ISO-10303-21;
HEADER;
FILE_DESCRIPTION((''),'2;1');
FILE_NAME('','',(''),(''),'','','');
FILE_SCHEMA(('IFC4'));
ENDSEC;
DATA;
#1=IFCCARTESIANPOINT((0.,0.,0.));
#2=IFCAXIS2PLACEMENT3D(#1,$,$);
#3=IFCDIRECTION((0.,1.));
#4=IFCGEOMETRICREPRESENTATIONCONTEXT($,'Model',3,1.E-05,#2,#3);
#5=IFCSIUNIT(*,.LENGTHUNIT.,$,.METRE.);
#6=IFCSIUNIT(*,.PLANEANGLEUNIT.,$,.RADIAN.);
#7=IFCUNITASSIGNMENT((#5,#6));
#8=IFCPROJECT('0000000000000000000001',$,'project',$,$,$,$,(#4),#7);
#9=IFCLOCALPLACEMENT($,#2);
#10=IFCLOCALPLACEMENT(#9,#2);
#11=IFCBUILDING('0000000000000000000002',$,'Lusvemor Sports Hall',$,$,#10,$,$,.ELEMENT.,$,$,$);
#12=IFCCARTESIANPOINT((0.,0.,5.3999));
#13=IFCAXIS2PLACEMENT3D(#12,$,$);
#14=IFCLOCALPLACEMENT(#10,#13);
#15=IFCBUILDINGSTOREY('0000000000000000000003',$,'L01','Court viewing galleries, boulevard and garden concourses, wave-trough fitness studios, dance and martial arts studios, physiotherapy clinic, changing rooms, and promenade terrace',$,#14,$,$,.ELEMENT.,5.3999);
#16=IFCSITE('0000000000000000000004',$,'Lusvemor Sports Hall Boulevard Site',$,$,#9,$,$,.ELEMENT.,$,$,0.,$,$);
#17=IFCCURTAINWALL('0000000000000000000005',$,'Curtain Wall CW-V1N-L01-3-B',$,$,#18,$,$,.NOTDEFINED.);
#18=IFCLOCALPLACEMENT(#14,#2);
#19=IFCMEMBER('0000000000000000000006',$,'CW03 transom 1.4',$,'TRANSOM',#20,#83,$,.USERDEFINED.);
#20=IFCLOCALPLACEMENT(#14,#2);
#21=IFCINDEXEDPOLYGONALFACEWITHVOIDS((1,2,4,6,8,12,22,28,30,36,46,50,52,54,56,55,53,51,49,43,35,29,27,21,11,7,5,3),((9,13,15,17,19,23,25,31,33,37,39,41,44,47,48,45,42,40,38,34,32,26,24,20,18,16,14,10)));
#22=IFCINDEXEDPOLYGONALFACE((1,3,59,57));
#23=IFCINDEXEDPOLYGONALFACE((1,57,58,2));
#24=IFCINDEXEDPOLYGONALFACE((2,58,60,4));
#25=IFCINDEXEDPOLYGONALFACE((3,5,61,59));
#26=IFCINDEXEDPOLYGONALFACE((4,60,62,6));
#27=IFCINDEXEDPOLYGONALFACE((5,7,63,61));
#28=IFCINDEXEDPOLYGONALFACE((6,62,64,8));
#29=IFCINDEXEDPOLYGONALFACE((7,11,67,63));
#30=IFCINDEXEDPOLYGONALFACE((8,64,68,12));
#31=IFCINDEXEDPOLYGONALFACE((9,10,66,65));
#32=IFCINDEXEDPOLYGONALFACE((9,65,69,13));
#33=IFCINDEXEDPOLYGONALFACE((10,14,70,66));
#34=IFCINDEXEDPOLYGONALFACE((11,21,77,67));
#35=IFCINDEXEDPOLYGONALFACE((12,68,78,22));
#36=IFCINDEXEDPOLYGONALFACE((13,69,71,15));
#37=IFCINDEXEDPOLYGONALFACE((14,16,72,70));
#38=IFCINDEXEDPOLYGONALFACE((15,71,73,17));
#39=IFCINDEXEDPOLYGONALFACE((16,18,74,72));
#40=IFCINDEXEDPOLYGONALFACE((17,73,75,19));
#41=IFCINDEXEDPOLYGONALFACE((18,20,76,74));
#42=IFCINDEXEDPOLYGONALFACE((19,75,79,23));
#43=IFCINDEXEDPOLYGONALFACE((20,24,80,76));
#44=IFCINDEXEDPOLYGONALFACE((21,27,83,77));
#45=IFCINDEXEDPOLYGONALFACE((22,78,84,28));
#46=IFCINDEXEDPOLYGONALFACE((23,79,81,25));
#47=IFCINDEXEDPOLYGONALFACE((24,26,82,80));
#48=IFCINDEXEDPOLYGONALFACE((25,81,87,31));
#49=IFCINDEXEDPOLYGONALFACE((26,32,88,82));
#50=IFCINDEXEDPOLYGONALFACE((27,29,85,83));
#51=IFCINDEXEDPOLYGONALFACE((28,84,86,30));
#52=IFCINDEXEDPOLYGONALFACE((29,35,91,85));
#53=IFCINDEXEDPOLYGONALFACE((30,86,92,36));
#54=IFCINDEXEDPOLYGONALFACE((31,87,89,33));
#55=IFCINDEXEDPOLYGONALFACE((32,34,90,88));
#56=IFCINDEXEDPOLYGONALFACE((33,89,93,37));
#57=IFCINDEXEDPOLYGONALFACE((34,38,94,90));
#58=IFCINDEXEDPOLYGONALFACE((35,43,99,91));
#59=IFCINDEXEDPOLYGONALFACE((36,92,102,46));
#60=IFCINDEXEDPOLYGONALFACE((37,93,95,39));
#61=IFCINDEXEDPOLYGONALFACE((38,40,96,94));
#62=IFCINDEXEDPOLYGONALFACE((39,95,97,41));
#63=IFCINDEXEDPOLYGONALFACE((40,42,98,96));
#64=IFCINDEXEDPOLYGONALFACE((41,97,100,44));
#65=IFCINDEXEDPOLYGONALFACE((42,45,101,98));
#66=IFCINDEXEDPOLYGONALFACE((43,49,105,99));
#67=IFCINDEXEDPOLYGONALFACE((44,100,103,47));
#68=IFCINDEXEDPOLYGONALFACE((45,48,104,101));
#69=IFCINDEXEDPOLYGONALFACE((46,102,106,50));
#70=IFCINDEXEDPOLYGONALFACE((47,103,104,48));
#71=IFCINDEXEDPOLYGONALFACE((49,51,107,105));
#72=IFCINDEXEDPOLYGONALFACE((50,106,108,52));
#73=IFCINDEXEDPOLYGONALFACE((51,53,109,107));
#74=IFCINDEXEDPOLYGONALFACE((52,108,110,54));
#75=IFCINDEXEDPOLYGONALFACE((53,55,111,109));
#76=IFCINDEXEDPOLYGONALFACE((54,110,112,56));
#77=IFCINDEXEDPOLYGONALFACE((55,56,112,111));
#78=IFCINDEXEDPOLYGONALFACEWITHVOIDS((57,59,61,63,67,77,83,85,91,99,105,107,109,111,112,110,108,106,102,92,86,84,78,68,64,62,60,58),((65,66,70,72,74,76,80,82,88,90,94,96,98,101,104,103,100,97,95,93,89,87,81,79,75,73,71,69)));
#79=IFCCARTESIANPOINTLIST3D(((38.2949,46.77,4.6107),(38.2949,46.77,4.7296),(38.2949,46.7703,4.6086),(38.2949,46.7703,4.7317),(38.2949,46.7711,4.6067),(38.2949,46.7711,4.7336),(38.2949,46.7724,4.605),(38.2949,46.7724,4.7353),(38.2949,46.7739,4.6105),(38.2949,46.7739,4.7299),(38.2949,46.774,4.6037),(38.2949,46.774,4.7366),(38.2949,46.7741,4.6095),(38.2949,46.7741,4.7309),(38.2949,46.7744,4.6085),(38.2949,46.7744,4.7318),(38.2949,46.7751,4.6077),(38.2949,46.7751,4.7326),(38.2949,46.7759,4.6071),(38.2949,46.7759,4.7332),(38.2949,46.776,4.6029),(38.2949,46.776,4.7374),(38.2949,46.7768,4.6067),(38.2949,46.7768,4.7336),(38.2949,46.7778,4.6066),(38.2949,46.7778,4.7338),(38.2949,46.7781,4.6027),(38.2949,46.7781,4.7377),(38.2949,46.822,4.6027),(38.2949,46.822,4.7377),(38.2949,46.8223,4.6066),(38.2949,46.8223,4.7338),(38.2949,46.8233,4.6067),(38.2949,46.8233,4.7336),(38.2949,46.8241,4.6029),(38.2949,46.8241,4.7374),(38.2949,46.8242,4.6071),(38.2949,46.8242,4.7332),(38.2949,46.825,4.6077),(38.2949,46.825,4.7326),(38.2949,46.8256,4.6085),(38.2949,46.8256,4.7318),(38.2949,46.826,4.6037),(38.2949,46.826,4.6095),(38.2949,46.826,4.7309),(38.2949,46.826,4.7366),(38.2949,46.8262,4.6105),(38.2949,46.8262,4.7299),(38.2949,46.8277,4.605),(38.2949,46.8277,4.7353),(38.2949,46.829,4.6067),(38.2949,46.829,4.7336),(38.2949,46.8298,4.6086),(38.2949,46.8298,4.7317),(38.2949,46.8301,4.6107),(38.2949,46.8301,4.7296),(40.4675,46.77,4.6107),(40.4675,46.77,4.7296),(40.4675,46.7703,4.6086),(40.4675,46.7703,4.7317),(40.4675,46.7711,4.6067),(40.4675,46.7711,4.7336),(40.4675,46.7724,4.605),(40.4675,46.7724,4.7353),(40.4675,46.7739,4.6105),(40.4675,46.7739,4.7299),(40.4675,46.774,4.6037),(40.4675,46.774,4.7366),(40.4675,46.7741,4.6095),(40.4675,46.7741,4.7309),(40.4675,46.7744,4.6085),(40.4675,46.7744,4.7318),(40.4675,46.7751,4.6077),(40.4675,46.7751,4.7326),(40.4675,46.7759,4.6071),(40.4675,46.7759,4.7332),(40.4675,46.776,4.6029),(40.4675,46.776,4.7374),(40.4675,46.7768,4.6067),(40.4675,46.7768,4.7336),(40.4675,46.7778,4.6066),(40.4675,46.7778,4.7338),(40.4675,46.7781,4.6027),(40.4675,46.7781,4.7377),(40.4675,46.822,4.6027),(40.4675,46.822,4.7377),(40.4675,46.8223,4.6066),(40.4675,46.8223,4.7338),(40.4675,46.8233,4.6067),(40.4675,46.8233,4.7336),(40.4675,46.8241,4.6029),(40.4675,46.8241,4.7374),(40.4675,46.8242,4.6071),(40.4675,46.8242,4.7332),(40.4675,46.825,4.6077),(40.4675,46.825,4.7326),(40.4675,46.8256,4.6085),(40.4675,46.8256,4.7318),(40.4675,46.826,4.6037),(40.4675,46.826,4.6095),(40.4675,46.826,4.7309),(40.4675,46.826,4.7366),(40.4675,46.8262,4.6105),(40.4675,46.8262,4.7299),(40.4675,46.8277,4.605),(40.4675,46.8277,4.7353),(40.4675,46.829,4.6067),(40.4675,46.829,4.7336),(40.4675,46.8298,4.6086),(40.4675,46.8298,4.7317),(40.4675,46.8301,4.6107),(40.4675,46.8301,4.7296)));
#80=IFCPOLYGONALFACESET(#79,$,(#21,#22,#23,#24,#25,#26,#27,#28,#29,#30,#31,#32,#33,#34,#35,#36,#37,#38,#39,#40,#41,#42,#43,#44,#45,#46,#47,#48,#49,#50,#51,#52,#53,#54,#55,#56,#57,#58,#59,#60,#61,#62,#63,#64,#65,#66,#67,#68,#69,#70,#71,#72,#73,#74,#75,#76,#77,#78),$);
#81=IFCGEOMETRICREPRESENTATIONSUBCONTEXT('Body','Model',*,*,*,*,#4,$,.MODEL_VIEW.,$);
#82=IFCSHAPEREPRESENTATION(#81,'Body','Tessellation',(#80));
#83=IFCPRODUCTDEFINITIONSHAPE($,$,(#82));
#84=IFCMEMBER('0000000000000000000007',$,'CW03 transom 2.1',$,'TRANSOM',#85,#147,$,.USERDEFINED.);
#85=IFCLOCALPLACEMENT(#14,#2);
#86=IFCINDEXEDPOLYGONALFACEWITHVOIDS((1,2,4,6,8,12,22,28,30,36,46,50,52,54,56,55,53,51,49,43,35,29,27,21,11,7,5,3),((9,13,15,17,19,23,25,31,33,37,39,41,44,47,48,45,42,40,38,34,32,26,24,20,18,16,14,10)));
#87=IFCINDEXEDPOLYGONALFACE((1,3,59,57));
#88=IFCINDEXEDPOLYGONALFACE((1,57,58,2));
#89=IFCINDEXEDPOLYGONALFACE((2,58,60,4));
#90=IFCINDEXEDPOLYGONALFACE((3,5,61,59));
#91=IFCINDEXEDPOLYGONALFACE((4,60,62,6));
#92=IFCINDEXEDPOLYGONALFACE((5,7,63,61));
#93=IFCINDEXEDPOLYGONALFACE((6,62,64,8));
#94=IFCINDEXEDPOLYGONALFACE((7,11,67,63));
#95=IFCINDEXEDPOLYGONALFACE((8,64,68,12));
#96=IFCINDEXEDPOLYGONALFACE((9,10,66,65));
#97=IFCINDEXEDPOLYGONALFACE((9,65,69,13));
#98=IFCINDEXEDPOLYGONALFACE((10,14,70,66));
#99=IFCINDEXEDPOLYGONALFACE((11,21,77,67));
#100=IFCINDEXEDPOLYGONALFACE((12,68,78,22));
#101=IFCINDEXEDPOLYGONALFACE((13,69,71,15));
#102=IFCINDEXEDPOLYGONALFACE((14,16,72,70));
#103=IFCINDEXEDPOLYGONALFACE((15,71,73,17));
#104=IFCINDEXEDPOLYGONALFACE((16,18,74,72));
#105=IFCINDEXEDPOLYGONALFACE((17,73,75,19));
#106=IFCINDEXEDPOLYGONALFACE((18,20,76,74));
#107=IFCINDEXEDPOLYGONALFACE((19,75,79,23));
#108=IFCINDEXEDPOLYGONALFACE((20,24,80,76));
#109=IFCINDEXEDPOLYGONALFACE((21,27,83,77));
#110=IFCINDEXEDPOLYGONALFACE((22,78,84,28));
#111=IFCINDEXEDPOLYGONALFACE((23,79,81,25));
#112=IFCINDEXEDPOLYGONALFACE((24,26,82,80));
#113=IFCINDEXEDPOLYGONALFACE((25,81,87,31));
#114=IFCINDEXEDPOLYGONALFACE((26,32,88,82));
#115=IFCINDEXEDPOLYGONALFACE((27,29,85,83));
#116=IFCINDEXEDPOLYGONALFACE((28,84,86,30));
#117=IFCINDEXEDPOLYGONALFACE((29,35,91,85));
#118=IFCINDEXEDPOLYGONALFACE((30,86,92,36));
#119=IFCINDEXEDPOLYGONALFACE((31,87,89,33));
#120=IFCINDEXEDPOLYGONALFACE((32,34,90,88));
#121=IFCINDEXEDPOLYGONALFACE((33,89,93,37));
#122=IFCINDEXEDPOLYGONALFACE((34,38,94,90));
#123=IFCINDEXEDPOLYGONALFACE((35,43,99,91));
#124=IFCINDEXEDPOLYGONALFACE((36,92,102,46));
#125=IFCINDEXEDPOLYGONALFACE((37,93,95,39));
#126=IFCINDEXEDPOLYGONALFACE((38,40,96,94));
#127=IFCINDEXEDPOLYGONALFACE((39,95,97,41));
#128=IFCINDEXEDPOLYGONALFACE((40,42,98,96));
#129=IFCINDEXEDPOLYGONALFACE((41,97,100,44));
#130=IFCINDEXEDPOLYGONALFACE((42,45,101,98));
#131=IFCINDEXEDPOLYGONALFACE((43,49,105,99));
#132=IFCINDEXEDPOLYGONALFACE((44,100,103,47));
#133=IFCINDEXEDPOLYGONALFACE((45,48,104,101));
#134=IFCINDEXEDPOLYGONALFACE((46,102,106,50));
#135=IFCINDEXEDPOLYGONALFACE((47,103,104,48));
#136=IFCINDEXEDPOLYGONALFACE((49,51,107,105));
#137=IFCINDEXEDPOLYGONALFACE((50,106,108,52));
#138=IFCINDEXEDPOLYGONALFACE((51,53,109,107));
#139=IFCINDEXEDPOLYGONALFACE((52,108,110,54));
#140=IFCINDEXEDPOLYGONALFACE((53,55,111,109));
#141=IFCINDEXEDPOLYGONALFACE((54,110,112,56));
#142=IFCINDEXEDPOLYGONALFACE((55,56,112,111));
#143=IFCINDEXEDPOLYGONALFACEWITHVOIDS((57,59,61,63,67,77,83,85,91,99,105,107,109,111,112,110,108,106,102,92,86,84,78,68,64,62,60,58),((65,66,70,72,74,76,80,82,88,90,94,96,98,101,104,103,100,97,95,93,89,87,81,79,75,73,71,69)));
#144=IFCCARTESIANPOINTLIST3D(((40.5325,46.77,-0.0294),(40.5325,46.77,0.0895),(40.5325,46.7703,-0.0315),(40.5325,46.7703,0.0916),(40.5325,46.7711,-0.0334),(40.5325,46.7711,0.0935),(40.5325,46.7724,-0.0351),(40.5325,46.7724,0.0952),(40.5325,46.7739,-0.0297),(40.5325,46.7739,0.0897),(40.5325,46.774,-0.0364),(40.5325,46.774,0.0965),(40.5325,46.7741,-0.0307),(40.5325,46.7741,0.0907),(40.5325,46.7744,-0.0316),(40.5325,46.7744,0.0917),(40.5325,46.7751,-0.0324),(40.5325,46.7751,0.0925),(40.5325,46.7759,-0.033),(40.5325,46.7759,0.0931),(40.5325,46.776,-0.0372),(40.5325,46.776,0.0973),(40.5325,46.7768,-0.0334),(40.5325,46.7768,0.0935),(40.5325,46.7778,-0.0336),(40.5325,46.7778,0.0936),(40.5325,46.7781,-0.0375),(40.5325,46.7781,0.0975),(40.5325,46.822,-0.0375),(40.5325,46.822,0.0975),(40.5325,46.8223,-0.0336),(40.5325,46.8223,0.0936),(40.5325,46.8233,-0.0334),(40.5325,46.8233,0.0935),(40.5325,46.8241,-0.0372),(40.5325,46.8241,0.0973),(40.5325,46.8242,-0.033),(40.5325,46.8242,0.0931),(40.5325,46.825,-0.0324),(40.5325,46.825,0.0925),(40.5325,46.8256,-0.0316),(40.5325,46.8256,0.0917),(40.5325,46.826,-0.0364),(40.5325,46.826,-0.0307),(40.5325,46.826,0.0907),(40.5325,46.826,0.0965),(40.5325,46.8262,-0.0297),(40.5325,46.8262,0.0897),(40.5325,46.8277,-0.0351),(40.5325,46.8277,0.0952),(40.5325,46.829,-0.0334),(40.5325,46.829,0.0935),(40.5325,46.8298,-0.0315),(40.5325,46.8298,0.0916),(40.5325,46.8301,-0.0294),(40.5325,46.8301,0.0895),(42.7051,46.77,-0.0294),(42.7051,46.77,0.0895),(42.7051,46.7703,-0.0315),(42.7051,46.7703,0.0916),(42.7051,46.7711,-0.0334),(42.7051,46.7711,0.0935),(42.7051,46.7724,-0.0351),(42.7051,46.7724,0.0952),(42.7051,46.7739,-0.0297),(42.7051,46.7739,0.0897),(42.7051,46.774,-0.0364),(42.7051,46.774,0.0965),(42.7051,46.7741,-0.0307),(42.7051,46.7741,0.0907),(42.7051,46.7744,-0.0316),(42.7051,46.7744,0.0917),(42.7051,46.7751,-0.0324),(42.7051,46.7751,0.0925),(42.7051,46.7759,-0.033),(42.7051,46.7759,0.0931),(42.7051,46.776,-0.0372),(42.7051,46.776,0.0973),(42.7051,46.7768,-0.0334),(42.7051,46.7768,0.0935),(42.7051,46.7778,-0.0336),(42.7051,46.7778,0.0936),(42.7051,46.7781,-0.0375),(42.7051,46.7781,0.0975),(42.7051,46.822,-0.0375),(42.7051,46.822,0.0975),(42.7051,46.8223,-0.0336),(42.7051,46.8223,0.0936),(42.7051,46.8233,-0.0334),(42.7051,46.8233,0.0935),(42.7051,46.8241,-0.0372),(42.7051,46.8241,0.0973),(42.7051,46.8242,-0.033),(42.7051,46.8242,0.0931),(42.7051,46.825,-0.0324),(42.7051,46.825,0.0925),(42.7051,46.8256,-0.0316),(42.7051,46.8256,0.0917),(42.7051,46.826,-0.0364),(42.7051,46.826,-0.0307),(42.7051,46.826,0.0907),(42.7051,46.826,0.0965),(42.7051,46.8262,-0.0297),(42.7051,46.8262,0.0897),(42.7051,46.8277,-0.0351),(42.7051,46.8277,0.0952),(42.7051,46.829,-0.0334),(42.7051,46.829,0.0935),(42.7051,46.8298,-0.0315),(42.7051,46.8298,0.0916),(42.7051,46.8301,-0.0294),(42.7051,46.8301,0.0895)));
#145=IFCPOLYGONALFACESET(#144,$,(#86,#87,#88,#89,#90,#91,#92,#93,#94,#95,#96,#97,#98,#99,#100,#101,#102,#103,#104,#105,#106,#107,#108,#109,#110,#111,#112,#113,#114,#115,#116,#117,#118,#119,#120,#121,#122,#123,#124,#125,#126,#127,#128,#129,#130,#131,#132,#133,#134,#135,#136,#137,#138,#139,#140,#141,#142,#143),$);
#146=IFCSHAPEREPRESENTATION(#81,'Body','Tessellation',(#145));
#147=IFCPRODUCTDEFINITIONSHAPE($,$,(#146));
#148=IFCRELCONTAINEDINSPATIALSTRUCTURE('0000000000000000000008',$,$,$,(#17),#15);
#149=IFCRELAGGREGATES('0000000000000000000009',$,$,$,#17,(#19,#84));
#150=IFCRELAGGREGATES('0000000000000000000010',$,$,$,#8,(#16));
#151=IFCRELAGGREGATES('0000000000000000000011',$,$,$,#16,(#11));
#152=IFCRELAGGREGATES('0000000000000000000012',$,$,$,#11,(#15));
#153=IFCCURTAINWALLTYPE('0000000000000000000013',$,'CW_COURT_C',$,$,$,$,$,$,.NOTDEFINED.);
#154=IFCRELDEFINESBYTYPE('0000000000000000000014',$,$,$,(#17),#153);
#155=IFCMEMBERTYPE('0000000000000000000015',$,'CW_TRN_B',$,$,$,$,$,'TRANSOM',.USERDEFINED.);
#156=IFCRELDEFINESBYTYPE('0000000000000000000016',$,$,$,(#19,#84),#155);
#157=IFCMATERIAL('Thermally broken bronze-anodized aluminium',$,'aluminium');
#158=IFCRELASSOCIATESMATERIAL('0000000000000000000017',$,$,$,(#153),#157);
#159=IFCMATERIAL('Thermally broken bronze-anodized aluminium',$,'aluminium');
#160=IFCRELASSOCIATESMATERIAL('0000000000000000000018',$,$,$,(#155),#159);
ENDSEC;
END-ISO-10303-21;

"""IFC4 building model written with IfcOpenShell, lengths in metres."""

from ifc_helpers import new_model, si_unit, direction, frame, origin, origin_2d, place, context, subcontext, project, spatial, hollow_rectangle, extrude, material, material_profile, profile_set, type_object, element, aggregate, save


model = new_model("IFC4")

# Units and contexts
model_context = context("Model", 3, precision=1e-05, world=origin(), true_north=direction((0.0, 1.0)))
body_context = subcontext(model_context, "Body", "Model", "MODEL_VIEW")
ifc_project = project(units=[si_unit("LENGTHUNIT", "METRE"), si_unit("PLANEANGLEUNIT", "RADIAN")], contexts=[model_context])

# Site, building, storey
site_placement = place(None, origin())
site = spatial("IfcSite", under=ifc_project, at=site_placement, Name="Lusvemor Sports Hall Boulevard Site", CompositionType="ELEMENT", RefElevation=0.0)
building_placement = place(site_placement, origin())
building = spatial("IfcBuilding", under=site, at=building_placement, Name="Lusvemor Sports Hall", CompositionType="ELEMENT")
storey_placement = place(building_placement, frame((0.0, 0.0, 5.3999)))
storey = spatial("IfcBuildingStorey", under=building, at=storey_placement, Name="L01", Description="Court viewing galleries, boulevard and garden concourses, wave-trough fitness studios, dance and martial arts studios, physiotherapy clinic, changing rooms, and promenade terrace", CompositionType="ELEMENT", Elevation=5.3999)

# Shared definitions
ifc_material_1 = material(Name="Thermally broken bronze-anodized aluminium", Category="aluminium")
curtain_wall_type = type_object("IfcCurtainWallType", Name="CW_COURT_C", PredefinedType="NOTDEFINED", material=ifc_material_1)

# Curtain wall, members
curtain_wall_1_placement = place(storey_placement, origin())
curtain_wall_1 = element("IfcCurtainWall", 1, at=curtain_wall_1_placement, inside=storey, type_object=curtain_wall_type, Name="Curtain Wall CW-V1N-L01-3-B", PredefinedType="NOTDEFINED")
ifc_material_2 = material(Name="Thermally broken bronze-anodized aluminium", Category="aluminium")
ifc_material_profile_1 = material_profile(ifc_material_2, hollow_rectangle(XDim=0.0601, YDim=0.135, WallThickness=0.0039, InnerFilletRadius=0.0039, OuterFilletRadius=0.0081, at=origin_2d()), Name="CWTRN135x60x4")
ifc_profile_set_1 = profile_set([ifc_material_profile_1], Name="Thermally broken bronze-anodized aluminium")
member_type_1 = type_object("IfcMemberType", Name="CW_TRN_B", ElementType="TRANSOM", PredefinedType="USERDEFINED", material=ifc_profile_set_1)
member_1_placement = place(storey_placement, frame((38.2949, 46.8, 4.6702), z_axis=(1.0, 0.0, 0.0), x_axis=(0.0, 1.0, 0.0)))
member_1 = element("IfcMember", 2, at=member_1_placement, type_object=member_type_1, Name="CW03 transom 1.4", ObjectType="TRANSOM", PredefinedType="USERDEFINED", context=body_context, shape_type="SweptSolid", body=[
    extrude(hollow_rectangle(XDim=0.0601, YDim=0.135, WallThickness=0.0039, InnerFilletRadius=0.0039, OuterFilletRadius=0.0081, at=origin_2d()), origin(), (0.0, 0.0, 1.0), 2.1726),
])
member_2_placement = place(storey_placement, frame((40.5325, 46.8, 0.03), z_axis=(1.0, 0.0, 0.0), x_axis=(0.0, 1.0, 0.0)))
member_2 = element("IfcMember", 3, at=member_2_placement, type_object=member_type_1, Name="CW03 transom 2.1", ObjectType="TRANSOM", PredefinedType="USERDEFINED", context=body_context, shape_type="SweptSolid", body=[
    extrude(hollow_rectangle(XDim=0.0601, YDim=0.135, WallThickness=0.0039, InnerFilletRadius=0.0039, OuterFilletRadius=0.0081, at=origin_2d()), origin(), (0.0, 0.0, 1.0), 2.1726),
])

aggregate(curtain_wall_1, [member_1, member_2])

save(model, "model.ifc")
